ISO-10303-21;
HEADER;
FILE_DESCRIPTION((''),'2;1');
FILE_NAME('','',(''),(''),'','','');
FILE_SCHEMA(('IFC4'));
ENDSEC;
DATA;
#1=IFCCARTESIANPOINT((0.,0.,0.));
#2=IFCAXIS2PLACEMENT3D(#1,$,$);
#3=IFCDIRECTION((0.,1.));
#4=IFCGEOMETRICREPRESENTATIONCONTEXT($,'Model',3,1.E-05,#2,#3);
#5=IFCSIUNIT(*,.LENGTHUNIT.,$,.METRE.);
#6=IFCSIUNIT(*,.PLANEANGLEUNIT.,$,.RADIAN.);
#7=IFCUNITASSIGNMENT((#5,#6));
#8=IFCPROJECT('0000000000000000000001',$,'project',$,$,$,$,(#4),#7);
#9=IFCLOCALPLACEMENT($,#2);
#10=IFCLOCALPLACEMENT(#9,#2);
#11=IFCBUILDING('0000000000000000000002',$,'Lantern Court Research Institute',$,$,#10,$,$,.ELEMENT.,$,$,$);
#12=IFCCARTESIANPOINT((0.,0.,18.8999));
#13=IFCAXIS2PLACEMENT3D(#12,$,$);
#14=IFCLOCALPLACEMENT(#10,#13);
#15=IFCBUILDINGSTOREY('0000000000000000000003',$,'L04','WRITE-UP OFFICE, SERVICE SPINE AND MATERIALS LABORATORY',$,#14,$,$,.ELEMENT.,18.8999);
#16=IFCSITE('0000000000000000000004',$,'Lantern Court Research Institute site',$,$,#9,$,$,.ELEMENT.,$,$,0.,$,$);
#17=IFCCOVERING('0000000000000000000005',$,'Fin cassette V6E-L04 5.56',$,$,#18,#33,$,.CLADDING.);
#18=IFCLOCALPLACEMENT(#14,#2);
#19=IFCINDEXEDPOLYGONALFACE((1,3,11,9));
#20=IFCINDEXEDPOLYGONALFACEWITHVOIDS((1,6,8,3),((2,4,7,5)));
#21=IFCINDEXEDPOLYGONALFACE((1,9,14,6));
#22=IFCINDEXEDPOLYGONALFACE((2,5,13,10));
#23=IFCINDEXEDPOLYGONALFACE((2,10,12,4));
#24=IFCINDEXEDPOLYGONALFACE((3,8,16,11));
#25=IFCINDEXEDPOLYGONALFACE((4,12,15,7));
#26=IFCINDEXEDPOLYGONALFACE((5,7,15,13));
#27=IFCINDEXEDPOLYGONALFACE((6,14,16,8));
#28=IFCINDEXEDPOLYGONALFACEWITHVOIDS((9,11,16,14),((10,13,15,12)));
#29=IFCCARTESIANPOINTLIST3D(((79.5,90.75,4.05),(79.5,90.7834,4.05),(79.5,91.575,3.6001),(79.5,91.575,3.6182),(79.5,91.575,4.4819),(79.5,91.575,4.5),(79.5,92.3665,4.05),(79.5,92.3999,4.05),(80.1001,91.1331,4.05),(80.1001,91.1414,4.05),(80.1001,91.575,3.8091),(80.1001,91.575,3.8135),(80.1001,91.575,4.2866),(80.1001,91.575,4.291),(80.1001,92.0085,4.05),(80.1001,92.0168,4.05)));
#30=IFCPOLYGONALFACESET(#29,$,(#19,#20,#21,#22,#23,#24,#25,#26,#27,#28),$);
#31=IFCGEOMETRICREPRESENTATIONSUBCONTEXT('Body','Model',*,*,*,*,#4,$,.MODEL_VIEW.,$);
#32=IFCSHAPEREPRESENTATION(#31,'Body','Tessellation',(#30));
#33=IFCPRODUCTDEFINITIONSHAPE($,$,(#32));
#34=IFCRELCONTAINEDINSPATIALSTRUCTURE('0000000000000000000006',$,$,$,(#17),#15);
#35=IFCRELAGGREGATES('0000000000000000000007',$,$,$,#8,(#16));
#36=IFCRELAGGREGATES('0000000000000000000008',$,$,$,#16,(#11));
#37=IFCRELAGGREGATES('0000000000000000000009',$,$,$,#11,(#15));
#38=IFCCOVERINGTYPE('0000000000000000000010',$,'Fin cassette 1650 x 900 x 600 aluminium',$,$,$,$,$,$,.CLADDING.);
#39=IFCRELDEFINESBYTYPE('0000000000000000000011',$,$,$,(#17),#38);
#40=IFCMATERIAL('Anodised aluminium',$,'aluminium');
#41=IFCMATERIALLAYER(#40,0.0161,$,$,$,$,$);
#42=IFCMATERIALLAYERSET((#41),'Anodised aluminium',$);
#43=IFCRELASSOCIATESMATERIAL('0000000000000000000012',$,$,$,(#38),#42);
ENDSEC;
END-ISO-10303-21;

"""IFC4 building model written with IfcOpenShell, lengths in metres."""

from ifc_helpers import new_model, entity, si_unit, direction, frame, origin, place, context, subcontext, project, spatial, material, layer, layer_set, type_object, element, save


model = new_model("IFC4")

# Units and contexts
model_context = context("Model", 3, precision=1e-05, world=origin(), true_north=direction((0.0, 1.0)))
body_context = subcontext(model_context, "Body", "Model", "MODEL_VIEW")
ifc_project = project(units=[si_unit("LENGTHUNIT", "METRE"), si_unit("PLANEANGLEUNIT", "RADIAN")], contexts=[model_context])

# Site, building, storey
site_placement = place(None, origin())
site = spatial("IfcSite", under=ifc_project, at=site_placement, Name="Lantern Court Research Institute site", CompositionType="ELEMENT", RefElevation=0.0)
building_placement = place(site_placement, origin())
building = spatial("IfcBuilding", under=site, at=building_placement, Name="Lantern Court Research Institute", CompositionType="ELEMENT")
storey_placement = place(building_placement, frame((0.0, 0.0, 18.8999)))
storey = spatial("IfcBuildingStorey", under=building, at=storey_placement, Name="L04", Description="WRITE-UP OFFICE, SERVICE SPINE AND MATERIALS LABORATORY", CompositionType="ELEMENT", Elevation=18.8999)

# Covering
ifc_material_1 = material(Name="Anodised aluminium", Category="aluminium")
ifc_layer_1 = layer(ifc_material_1, 0.0161)
ifc_layer_set_1 = layer_set([ifc_layer_1], Name="Anodised aluminium")
covering_type_1 = type_object("IfcCoveringType", Name="Fin cassette 1650 x 900 x 600 aluminium", PredefinedType="CLADDING", material=ifc_layer_set_1)
covering_1_placement = place(storey_placement, frame((79.5, 91.575, 4.05), z_axis=(1.0, 0.0, 0.0), x_axis=(0.0, 1.0, 0.0)))
cartesian_point_1 = entity("IfcCartesianPoint", [0.825, 0.0])
cartesian_point_2 = entity("IfcCartesianPoint", [0.7915, 0.0])
cartesian_point_3 = entity("IfcCartesianPoint", [0.4419, 0.0])
cartesian_point_4 = entity("IfcCartesianPoint", [0.4336, 0.0])
element("IfcCovering", 1, at=covering_1_placement, inside=storey, type_object=covering_type_1, Name="Fin cassette V6E-L04 5.56", PredefinedType="CLADDING", context=body_context, shape_type="SweptSolid", body=[
    entity("IfcExtrudedAreaSolidTapered", entity("IfcArbitraryProfileDefWithVoids", "AREA", None, entity("IfcPolyline", [cartesian_point_1, entity("IfcCartesianPoint", [0.0, 0.45]), entity("IfcCartesianPoint", [-0.825, 0.0]), entity("IfcCartesianPoint", [0.0, -0.45]), cartesian_point_1]), [entity("IfcPolyline", [cartesian_point_2, entity("IfcCartesianPoint", [0.0, 0.4319]), entity("IfcCartesianPoint", [-0.7915, 0.0]), entity("IfcCartesianPoint", [0.0, -0.4319]), cartesian_point_2])]), entity("IfcAxis2Placement3D", entity("IfcCartesianPoint", [0.0, 0.0, 0.0])), entity("IfcDirection", [0.0, 0.0, 1.0]), 0.6001, entity("IfcArbitraryProfileDefWithVoids", "AREA", None, entity("IfcPolyline", [cartesian_point_3, entity("IfcCartesianPoint", [0.0, 0.241]), entity("IfcCartesianPoint", [-0.4419, 0.0]), entity("IfcCartesianPoint", [0.0, -0.241]), cartesian_point_3]), [entity("IfcPolyline", [cartesian_point_4, entity("IfcCartesianPoint", [0.0, 0.2366]), entity("IfcCartesianPoint", [-0.4336, 0.0]), entity("IfcCartesianPoint", [0.0, -0.2366]), cartesian_point_4])])),
])

save(model, "model.ifc")
